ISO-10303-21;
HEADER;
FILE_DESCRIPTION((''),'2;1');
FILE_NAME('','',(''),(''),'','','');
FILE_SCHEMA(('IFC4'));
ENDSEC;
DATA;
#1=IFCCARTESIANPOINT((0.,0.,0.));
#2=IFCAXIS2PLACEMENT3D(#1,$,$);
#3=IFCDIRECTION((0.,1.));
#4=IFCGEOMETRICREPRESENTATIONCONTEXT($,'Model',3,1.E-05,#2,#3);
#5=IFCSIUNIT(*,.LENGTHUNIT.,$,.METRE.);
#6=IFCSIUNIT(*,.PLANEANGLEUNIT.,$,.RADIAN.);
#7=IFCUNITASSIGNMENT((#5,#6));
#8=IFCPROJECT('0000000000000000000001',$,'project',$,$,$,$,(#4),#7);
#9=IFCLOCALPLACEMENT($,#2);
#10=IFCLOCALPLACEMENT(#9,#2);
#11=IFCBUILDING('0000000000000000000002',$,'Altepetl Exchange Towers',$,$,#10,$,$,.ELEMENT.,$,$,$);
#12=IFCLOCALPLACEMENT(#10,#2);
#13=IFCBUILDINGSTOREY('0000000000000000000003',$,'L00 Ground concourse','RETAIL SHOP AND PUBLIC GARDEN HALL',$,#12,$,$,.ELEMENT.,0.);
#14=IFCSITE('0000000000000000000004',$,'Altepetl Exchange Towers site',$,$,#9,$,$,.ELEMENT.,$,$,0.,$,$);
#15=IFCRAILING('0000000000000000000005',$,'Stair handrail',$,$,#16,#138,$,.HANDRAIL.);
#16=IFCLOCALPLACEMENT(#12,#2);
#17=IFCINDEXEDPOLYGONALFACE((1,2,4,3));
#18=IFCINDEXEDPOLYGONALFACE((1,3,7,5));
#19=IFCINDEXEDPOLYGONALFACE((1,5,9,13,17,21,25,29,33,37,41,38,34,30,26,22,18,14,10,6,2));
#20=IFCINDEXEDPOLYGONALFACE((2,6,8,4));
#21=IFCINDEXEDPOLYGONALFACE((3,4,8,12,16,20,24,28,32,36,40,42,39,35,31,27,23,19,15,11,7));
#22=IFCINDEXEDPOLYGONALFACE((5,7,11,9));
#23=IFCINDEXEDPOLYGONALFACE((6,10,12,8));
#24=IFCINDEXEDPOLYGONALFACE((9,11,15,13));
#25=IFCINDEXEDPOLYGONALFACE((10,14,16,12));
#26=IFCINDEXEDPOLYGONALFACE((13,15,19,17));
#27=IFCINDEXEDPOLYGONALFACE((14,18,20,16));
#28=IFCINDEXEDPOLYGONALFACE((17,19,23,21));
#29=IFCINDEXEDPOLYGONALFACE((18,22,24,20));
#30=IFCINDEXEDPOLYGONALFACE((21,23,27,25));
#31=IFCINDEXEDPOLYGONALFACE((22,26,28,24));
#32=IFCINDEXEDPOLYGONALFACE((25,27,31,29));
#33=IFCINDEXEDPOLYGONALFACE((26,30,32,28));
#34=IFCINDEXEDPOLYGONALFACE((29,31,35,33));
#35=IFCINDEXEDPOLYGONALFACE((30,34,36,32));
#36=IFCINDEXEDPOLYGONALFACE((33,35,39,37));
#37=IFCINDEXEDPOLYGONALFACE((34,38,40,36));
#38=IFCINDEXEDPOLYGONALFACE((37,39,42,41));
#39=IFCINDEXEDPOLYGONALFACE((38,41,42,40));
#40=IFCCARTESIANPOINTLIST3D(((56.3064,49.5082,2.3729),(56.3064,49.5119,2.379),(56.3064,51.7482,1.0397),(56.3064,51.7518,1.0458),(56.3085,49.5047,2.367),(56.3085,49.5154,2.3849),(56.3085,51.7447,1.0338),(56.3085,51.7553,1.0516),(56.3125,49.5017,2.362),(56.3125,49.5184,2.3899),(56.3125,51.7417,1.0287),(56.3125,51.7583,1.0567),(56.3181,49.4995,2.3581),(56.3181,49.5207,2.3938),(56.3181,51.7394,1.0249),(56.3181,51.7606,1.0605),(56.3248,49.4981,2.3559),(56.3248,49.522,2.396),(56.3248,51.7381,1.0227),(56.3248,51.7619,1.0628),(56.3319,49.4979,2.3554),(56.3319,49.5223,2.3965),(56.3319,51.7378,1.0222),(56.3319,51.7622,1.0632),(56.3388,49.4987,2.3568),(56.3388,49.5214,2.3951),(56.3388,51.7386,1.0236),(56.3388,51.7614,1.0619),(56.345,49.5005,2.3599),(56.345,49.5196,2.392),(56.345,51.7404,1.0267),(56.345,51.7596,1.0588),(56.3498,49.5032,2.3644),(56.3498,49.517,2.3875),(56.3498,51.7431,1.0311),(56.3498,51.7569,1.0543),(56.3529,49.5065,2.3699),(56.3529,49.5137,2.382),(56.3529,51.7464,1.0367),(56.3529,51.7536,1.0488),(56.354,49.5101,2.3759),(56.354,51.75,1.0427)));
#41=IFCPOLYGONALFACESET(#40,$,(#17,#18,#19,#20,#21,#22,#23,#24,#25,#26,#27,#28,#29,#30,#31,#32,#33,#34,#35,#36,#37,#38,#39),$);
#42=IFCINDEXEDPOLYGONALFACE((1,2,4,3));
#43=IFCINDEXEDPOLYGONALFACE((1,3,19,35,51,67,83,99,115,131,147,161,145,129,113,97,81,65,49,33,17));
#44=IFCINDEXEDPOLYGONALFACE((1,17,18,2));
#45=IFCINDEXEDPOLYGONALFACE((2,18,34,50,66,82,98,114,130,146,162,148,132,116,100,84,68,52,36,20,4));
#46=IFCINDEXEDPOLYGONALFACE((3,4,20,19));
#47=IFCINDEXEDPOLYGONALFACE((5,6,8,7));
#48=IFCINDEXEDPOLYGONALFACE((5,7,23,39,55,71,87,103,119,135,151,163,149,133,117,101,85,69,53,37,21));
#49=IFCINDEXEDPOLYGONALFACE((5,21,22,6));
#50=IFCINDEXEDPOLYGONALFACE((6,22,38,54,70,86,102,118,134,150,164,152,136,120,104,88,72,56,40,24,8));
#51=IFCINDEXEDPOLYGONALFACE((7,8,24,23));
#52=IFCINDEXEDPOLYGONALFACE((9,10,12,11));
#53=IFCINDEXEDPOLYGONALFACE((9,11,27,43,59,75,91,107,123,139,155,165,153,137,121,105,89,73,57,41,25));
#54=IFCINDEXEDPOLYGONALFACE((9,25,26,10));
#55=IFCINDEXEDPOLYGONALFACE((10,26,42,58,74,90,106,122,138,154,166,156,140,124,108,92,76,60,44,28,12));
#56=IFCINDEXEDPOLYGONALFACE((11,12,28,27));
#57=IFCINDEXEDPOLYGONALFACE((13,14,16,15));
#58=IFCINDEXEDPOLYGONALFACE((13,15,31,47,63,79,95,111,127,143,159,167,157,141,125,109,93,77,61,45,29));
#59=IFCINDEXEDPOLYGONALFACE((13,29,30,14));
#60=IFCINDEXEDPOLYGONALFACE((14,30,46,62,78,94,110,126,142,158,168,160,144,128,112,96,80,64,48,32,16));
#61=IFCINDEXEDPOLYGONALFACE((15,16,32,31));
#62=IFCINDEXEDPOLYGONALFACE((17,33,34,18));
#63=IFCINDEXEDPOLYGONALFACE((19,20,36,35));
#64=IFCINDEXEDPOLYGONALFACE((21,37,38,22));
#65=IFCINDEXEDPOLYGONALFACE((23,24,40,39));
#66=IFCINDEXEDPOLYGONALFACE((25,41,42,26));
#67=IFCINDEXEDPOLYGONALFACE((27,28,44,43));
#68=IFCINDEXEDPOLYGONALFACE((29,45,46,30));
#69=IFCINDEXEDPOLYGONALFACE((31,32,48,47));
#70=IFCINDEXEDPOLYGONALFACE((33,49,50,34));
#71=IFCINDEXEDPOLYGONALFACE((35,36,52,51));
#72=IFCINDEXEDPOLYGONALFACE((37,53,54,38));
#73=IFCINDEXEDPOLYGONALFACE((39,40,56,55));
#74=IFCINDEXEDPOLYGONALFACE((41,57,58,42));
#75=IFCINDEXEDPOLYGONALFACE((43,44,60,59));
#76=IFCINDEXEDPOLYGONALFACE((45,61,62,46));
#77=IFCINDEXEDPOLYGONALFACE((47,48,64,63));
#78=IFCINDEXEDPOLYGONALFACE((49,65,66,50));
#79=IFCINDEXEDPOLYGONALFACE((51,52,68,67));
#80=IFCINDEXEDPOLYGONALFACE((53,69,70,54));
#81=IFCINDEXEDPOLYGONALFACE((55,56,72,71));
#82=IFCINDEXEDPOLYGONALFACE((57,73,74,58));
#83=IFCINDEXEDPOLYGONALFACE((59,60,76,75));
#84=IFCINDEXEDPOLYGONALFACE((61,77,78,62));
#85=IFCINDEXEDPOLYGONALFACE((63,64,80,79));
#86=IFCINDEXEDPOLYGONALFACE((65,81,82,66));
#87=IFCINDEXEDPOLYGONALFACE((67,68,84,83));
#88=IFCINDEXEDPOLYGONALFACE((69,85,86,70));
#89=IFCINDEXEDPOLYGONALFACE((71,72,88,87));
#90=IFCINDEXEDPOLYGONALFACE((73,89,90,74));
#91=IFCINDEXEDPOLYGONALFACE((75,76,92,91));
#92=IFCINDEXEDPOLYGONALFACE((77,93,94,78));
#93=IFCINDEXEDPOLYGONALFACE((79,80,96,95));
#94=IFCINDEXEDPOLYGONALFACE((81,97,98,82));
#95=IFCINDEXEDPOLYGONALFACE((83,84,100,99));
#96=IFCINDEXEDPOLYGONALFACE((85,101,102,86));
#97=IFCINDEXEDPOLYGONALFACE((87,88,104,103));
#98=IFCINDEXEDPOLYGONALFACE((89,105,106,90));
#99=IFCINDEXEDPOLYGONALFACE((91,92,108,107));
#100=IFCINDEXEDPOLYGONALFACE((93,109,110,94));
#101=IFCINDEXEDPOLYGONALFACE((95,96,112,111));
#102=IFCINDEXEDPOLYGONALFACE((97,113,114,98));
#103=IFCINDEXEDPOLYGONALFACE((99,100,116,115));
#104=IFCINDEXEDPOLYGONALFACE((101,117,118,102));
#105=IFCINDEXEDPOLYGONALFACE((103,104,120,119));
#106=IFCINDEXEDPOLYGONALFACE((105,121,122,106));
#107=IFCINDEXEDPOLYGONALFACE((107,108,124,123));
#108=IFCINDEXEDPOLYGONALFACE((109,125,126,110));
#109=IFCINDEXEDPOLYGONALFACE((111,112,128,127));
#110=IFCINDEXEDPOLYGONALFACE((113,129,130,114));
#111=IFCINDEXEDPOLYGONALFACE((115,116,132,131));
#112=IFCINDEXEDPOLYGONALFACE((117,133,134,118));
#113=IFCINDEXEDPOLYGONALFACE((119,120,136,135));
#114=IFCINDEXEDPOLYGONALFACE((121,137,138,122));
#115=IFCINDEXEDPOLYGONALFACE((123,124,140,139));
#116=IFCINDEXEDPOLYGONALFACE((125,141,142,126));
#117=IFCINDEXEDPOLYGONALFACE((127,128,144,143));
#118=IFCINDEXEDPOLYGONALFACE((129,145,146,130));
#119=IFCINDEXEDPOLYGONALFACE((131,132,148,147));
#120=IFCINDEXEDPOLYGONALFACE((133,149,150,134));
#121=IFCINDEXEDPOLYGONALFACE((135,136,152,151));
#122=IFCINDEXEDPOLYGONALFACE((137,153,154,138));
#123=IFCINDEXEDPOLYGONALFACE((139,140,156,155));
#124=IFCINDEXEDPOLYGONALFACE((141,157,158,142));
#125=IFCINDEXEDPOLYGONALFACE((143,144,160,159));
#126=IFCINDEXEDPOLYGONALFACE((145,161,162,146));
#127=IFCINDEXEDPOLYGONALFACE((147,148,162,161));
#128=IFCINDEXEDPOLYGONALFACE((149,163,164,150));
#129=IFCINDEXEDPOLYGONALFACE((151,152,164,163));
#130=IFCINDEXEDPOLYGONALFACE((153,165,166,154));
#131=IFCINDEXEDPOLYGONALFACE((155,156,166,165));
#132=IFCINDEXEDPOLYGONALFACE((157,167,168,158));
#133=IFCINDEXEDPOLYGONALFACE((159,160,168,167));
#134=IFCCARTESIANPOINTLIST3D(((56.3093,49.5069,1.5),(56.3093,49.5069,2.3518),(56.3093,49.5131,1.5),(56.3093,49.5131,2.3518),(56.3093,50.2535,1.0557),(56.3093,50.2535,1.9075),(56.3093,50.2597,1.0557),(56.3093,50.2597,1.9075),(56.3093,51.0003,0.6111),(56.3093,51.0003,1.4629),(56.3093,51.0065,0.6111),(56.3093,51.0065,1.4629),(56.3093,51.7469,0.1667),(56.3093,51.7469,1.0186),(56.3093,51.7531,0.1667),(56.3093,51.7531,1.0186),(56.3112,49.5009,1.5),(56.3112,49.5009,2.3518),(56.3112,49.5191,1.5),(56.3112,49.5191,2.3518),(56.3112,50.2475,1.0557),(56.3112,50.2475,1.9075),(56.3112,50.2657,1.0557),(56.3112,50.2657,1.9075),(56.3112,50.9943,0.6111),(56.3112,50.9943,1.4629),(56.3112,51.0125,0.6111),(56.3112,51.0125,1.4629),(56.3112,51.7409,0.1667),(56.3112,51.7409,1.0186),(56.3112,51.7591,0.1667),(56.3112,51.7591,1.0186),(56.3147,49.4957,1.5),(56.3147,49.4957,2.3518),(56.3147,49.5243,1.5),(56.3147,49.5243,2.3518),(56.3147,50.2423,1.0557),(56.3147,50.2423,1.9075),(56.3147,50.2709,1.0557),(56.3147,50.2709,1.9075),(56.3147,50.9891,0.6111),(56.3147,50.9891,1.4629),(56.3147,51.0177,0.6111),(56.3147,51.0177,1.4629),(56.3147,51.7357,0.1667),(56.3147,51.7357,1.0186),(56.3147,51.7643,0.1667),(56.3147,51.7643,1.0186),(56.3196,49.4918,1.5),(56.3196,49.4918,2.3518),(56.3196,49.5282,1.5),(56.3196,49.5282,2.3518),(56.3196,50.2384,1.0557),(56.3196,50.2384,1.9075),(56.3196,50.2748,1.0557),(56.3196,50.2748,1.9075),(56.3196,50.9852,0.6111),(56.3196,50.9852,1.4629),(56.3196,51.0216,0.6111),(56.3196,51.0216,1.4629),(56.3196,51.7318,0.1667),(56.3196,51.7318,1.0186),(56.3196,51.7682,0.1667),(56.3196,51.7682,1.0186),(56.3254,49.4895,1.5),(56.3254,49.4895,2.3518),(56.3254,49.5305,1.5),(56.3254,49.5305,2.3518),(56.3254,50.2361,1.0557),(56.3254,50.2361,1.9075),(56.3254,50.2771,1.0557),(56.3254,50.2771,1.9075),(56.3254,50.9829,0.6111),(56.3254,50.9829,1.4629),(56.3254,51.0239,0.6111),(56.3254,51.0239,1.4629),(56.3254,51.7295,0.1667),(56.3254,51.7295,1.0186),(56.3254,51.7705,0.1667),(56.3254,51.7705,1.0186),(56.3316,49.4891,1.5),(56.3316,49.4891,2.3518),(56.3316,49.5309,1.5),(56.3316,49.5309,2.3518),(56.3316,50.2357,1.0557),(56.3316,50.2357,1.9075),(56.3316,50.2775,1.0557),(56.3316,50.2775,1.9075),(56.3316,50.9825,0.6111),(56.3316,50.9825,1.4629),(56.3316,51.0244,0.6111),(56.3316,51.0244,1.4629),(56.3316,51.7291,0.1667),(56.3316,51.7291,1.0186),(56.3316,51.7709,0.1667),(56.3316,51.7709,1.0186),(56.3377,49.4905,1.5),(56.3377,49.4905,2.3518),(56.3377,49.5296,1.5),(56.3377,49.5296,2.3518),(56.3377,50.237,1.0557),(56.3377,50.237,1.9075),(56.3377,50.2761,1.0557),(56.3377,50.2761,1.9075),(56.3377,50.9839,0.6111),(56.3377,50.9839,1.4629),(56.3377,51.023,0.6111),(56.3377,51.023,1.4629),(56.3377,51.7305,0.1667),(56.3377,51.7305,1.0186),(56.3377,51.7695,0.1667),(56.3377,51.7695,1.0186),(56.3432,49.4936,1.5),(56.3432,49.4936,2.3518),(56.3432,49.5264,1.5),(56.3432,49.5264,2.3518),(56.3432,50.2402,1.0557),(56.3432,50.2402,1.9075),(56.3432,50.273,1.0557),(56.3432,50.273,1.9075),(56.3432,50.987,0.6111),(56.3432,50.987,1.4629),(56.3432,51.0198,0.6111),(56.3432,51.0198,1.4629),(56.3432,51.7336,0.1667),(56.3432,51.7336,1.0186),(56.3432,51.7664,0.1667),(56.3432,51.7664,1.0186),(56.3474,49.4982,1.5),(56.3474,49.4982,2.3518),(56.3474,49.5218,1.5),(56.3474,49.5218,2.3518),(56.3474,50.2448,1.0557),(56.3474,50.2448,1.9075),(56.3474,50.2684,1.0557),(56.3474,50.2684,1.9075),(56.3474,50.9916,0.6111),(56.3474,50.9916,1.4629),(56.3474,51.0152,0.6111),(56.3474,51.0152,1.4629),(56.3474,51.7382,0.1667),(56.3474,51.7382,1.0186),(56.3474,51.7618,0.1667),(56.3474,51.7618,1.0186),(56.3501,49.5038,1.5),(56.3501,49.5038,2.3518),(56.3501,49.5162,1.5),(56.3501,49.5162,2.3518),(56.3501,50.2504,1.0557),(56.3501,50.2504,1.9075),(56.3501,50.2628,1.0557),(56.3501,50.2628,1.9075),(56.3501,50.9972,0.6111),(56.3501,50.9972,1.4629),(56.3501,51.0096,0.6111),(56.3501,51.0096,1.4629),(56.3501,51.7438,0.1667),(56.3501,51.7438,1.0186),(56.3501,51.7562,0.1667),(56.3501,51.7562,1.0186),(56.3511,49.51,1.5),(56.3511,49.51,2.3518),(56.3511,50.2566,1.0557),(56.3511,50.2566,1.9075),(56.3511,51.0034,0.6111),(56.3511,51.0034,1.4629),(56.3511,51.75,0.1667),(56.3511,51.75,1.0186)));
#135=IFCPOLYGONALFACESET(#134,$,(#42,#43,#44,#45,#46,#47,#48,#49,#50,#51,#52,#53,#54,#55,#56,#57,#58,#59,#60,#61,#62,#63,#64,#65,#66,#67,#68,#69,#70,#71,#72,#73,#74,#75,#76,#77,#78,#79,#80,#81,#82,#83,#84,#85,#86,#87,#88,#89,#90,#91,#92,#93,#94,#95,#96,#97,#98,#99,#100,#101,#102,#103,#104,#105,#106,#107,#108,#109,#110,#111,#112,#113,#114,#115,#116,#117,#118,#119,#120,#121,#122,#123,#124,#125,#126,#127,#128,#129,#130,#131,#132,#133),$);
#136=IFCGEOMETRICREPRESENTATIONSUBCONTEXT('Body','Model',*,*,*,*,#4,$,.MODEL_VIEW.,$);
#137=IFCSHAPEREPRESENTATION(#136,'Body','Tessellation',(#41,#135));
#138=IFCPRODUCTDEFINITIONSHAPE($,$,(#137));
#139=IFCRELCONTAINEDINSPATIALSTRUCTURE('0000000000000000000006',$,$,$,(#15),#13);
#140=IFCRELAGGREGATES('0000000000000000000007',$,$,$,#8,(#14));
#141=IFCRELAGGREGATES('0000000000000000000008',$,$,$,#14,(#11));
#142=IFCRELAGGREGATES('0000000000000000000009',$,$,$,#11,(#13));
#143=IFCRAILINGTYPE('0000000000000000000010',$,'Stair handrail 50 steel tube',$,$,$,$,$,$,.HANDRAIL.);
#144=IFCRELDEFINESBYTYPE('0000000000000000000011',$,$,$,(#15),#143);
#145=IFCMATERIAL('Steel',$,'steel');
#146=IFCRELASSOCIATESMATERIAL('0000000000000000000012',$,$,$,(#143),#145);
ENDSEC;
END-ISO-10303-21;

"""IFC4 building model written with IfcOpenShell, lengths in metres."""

from ifc_helpers import new_model, si_unit, direction, frame, origin, origin_2d, place, context, subcontext, project, spatial, circle, extrude, source, transform, mapped, material, type_object, element, save


model = new_model("IFC4")

# Units and contexts
model_context = context("Model", 3, precision=1e-05, world=origin(), true_north=direction((0.0, 1.0)))
body_context = subcontext(model_context, "Body", "Model", "MODEL_VIEW")
ifc_project = project(units=[si_unit("LENGTHUNIT", "METRE"), si_unit("PLANEANGLEUNIT", "RADIAN")], contexts=[model_context])

# Site, building, storey
site_placement = place(None, origin())
site = spatial("IfcSite", under=ifc_project, at=site_placement, Name="Altepetl Exchange Towers site", CompositionType="ELEMENT", RefElevation=0.0)
building_placement = place(site_placement, origin())
building = spatial("IfcBuilding", under=site, at=building_placement, Name="Altepetl Exchange Towers", CompositionType="ELEMENT")
storey_placement = place(building_placement, origin())
storey = spatial("IfcBuildingStorey", under=building, at=storey_placement, Name="L00 Ground concourse", Description="RETAIL SHOP AND PUBLIC GARDEN HALL", CompositionType="ELEMENT", Elevation=0.0)

# Railing
ifc_material_1 = material(Name="Steel", Category="steel")
railing_type = type_object("IfcRailingType", Name="Stair handrail 50 steel tube", PredefinedType="HANDRAIL", material=ifc_material_1)
shared_shape = source(origin(), body_context, "Body", "SweptSolid", [
    extrude(circle(Radius=0.021, at=origin_2d()), origin(), (0.0, 0.0, 1.0), 0.8518),
])
railing_1_placement = place(storey_placement, frame((56.3301, 51.75, 0.1667)))
element("IfcRailing", 1, at=railing_1_placement, inside=storey, type_object=railing_type, Name="Stair handrail", PredefinedType="HANDRAIL", context=body_context, shape_type="SweptSolid", body=[
    extrude(circle(Radius=0.0239, at=origin_2d()), frame((0.0, 0.0, 0.876), z_axis=(0.0, -0.859306, 0.511462), x_axis=(1.0, 0.0, 0.0)), (0.0, 0.0, 1.0), 2.6067),
    mapped(shared_shape, transform((0.0, 0.0, 0.0))),
    mapped(shared_shape, transform((0.0, -0.7466, 0.4443))),
    mapped(shared_shape, transform((0.0, -1.4934, 0.8889))),
    mapped(shared_shape, transform((0.0, -2.24, 1.3333))),
])

save(model, "model.ifc")
